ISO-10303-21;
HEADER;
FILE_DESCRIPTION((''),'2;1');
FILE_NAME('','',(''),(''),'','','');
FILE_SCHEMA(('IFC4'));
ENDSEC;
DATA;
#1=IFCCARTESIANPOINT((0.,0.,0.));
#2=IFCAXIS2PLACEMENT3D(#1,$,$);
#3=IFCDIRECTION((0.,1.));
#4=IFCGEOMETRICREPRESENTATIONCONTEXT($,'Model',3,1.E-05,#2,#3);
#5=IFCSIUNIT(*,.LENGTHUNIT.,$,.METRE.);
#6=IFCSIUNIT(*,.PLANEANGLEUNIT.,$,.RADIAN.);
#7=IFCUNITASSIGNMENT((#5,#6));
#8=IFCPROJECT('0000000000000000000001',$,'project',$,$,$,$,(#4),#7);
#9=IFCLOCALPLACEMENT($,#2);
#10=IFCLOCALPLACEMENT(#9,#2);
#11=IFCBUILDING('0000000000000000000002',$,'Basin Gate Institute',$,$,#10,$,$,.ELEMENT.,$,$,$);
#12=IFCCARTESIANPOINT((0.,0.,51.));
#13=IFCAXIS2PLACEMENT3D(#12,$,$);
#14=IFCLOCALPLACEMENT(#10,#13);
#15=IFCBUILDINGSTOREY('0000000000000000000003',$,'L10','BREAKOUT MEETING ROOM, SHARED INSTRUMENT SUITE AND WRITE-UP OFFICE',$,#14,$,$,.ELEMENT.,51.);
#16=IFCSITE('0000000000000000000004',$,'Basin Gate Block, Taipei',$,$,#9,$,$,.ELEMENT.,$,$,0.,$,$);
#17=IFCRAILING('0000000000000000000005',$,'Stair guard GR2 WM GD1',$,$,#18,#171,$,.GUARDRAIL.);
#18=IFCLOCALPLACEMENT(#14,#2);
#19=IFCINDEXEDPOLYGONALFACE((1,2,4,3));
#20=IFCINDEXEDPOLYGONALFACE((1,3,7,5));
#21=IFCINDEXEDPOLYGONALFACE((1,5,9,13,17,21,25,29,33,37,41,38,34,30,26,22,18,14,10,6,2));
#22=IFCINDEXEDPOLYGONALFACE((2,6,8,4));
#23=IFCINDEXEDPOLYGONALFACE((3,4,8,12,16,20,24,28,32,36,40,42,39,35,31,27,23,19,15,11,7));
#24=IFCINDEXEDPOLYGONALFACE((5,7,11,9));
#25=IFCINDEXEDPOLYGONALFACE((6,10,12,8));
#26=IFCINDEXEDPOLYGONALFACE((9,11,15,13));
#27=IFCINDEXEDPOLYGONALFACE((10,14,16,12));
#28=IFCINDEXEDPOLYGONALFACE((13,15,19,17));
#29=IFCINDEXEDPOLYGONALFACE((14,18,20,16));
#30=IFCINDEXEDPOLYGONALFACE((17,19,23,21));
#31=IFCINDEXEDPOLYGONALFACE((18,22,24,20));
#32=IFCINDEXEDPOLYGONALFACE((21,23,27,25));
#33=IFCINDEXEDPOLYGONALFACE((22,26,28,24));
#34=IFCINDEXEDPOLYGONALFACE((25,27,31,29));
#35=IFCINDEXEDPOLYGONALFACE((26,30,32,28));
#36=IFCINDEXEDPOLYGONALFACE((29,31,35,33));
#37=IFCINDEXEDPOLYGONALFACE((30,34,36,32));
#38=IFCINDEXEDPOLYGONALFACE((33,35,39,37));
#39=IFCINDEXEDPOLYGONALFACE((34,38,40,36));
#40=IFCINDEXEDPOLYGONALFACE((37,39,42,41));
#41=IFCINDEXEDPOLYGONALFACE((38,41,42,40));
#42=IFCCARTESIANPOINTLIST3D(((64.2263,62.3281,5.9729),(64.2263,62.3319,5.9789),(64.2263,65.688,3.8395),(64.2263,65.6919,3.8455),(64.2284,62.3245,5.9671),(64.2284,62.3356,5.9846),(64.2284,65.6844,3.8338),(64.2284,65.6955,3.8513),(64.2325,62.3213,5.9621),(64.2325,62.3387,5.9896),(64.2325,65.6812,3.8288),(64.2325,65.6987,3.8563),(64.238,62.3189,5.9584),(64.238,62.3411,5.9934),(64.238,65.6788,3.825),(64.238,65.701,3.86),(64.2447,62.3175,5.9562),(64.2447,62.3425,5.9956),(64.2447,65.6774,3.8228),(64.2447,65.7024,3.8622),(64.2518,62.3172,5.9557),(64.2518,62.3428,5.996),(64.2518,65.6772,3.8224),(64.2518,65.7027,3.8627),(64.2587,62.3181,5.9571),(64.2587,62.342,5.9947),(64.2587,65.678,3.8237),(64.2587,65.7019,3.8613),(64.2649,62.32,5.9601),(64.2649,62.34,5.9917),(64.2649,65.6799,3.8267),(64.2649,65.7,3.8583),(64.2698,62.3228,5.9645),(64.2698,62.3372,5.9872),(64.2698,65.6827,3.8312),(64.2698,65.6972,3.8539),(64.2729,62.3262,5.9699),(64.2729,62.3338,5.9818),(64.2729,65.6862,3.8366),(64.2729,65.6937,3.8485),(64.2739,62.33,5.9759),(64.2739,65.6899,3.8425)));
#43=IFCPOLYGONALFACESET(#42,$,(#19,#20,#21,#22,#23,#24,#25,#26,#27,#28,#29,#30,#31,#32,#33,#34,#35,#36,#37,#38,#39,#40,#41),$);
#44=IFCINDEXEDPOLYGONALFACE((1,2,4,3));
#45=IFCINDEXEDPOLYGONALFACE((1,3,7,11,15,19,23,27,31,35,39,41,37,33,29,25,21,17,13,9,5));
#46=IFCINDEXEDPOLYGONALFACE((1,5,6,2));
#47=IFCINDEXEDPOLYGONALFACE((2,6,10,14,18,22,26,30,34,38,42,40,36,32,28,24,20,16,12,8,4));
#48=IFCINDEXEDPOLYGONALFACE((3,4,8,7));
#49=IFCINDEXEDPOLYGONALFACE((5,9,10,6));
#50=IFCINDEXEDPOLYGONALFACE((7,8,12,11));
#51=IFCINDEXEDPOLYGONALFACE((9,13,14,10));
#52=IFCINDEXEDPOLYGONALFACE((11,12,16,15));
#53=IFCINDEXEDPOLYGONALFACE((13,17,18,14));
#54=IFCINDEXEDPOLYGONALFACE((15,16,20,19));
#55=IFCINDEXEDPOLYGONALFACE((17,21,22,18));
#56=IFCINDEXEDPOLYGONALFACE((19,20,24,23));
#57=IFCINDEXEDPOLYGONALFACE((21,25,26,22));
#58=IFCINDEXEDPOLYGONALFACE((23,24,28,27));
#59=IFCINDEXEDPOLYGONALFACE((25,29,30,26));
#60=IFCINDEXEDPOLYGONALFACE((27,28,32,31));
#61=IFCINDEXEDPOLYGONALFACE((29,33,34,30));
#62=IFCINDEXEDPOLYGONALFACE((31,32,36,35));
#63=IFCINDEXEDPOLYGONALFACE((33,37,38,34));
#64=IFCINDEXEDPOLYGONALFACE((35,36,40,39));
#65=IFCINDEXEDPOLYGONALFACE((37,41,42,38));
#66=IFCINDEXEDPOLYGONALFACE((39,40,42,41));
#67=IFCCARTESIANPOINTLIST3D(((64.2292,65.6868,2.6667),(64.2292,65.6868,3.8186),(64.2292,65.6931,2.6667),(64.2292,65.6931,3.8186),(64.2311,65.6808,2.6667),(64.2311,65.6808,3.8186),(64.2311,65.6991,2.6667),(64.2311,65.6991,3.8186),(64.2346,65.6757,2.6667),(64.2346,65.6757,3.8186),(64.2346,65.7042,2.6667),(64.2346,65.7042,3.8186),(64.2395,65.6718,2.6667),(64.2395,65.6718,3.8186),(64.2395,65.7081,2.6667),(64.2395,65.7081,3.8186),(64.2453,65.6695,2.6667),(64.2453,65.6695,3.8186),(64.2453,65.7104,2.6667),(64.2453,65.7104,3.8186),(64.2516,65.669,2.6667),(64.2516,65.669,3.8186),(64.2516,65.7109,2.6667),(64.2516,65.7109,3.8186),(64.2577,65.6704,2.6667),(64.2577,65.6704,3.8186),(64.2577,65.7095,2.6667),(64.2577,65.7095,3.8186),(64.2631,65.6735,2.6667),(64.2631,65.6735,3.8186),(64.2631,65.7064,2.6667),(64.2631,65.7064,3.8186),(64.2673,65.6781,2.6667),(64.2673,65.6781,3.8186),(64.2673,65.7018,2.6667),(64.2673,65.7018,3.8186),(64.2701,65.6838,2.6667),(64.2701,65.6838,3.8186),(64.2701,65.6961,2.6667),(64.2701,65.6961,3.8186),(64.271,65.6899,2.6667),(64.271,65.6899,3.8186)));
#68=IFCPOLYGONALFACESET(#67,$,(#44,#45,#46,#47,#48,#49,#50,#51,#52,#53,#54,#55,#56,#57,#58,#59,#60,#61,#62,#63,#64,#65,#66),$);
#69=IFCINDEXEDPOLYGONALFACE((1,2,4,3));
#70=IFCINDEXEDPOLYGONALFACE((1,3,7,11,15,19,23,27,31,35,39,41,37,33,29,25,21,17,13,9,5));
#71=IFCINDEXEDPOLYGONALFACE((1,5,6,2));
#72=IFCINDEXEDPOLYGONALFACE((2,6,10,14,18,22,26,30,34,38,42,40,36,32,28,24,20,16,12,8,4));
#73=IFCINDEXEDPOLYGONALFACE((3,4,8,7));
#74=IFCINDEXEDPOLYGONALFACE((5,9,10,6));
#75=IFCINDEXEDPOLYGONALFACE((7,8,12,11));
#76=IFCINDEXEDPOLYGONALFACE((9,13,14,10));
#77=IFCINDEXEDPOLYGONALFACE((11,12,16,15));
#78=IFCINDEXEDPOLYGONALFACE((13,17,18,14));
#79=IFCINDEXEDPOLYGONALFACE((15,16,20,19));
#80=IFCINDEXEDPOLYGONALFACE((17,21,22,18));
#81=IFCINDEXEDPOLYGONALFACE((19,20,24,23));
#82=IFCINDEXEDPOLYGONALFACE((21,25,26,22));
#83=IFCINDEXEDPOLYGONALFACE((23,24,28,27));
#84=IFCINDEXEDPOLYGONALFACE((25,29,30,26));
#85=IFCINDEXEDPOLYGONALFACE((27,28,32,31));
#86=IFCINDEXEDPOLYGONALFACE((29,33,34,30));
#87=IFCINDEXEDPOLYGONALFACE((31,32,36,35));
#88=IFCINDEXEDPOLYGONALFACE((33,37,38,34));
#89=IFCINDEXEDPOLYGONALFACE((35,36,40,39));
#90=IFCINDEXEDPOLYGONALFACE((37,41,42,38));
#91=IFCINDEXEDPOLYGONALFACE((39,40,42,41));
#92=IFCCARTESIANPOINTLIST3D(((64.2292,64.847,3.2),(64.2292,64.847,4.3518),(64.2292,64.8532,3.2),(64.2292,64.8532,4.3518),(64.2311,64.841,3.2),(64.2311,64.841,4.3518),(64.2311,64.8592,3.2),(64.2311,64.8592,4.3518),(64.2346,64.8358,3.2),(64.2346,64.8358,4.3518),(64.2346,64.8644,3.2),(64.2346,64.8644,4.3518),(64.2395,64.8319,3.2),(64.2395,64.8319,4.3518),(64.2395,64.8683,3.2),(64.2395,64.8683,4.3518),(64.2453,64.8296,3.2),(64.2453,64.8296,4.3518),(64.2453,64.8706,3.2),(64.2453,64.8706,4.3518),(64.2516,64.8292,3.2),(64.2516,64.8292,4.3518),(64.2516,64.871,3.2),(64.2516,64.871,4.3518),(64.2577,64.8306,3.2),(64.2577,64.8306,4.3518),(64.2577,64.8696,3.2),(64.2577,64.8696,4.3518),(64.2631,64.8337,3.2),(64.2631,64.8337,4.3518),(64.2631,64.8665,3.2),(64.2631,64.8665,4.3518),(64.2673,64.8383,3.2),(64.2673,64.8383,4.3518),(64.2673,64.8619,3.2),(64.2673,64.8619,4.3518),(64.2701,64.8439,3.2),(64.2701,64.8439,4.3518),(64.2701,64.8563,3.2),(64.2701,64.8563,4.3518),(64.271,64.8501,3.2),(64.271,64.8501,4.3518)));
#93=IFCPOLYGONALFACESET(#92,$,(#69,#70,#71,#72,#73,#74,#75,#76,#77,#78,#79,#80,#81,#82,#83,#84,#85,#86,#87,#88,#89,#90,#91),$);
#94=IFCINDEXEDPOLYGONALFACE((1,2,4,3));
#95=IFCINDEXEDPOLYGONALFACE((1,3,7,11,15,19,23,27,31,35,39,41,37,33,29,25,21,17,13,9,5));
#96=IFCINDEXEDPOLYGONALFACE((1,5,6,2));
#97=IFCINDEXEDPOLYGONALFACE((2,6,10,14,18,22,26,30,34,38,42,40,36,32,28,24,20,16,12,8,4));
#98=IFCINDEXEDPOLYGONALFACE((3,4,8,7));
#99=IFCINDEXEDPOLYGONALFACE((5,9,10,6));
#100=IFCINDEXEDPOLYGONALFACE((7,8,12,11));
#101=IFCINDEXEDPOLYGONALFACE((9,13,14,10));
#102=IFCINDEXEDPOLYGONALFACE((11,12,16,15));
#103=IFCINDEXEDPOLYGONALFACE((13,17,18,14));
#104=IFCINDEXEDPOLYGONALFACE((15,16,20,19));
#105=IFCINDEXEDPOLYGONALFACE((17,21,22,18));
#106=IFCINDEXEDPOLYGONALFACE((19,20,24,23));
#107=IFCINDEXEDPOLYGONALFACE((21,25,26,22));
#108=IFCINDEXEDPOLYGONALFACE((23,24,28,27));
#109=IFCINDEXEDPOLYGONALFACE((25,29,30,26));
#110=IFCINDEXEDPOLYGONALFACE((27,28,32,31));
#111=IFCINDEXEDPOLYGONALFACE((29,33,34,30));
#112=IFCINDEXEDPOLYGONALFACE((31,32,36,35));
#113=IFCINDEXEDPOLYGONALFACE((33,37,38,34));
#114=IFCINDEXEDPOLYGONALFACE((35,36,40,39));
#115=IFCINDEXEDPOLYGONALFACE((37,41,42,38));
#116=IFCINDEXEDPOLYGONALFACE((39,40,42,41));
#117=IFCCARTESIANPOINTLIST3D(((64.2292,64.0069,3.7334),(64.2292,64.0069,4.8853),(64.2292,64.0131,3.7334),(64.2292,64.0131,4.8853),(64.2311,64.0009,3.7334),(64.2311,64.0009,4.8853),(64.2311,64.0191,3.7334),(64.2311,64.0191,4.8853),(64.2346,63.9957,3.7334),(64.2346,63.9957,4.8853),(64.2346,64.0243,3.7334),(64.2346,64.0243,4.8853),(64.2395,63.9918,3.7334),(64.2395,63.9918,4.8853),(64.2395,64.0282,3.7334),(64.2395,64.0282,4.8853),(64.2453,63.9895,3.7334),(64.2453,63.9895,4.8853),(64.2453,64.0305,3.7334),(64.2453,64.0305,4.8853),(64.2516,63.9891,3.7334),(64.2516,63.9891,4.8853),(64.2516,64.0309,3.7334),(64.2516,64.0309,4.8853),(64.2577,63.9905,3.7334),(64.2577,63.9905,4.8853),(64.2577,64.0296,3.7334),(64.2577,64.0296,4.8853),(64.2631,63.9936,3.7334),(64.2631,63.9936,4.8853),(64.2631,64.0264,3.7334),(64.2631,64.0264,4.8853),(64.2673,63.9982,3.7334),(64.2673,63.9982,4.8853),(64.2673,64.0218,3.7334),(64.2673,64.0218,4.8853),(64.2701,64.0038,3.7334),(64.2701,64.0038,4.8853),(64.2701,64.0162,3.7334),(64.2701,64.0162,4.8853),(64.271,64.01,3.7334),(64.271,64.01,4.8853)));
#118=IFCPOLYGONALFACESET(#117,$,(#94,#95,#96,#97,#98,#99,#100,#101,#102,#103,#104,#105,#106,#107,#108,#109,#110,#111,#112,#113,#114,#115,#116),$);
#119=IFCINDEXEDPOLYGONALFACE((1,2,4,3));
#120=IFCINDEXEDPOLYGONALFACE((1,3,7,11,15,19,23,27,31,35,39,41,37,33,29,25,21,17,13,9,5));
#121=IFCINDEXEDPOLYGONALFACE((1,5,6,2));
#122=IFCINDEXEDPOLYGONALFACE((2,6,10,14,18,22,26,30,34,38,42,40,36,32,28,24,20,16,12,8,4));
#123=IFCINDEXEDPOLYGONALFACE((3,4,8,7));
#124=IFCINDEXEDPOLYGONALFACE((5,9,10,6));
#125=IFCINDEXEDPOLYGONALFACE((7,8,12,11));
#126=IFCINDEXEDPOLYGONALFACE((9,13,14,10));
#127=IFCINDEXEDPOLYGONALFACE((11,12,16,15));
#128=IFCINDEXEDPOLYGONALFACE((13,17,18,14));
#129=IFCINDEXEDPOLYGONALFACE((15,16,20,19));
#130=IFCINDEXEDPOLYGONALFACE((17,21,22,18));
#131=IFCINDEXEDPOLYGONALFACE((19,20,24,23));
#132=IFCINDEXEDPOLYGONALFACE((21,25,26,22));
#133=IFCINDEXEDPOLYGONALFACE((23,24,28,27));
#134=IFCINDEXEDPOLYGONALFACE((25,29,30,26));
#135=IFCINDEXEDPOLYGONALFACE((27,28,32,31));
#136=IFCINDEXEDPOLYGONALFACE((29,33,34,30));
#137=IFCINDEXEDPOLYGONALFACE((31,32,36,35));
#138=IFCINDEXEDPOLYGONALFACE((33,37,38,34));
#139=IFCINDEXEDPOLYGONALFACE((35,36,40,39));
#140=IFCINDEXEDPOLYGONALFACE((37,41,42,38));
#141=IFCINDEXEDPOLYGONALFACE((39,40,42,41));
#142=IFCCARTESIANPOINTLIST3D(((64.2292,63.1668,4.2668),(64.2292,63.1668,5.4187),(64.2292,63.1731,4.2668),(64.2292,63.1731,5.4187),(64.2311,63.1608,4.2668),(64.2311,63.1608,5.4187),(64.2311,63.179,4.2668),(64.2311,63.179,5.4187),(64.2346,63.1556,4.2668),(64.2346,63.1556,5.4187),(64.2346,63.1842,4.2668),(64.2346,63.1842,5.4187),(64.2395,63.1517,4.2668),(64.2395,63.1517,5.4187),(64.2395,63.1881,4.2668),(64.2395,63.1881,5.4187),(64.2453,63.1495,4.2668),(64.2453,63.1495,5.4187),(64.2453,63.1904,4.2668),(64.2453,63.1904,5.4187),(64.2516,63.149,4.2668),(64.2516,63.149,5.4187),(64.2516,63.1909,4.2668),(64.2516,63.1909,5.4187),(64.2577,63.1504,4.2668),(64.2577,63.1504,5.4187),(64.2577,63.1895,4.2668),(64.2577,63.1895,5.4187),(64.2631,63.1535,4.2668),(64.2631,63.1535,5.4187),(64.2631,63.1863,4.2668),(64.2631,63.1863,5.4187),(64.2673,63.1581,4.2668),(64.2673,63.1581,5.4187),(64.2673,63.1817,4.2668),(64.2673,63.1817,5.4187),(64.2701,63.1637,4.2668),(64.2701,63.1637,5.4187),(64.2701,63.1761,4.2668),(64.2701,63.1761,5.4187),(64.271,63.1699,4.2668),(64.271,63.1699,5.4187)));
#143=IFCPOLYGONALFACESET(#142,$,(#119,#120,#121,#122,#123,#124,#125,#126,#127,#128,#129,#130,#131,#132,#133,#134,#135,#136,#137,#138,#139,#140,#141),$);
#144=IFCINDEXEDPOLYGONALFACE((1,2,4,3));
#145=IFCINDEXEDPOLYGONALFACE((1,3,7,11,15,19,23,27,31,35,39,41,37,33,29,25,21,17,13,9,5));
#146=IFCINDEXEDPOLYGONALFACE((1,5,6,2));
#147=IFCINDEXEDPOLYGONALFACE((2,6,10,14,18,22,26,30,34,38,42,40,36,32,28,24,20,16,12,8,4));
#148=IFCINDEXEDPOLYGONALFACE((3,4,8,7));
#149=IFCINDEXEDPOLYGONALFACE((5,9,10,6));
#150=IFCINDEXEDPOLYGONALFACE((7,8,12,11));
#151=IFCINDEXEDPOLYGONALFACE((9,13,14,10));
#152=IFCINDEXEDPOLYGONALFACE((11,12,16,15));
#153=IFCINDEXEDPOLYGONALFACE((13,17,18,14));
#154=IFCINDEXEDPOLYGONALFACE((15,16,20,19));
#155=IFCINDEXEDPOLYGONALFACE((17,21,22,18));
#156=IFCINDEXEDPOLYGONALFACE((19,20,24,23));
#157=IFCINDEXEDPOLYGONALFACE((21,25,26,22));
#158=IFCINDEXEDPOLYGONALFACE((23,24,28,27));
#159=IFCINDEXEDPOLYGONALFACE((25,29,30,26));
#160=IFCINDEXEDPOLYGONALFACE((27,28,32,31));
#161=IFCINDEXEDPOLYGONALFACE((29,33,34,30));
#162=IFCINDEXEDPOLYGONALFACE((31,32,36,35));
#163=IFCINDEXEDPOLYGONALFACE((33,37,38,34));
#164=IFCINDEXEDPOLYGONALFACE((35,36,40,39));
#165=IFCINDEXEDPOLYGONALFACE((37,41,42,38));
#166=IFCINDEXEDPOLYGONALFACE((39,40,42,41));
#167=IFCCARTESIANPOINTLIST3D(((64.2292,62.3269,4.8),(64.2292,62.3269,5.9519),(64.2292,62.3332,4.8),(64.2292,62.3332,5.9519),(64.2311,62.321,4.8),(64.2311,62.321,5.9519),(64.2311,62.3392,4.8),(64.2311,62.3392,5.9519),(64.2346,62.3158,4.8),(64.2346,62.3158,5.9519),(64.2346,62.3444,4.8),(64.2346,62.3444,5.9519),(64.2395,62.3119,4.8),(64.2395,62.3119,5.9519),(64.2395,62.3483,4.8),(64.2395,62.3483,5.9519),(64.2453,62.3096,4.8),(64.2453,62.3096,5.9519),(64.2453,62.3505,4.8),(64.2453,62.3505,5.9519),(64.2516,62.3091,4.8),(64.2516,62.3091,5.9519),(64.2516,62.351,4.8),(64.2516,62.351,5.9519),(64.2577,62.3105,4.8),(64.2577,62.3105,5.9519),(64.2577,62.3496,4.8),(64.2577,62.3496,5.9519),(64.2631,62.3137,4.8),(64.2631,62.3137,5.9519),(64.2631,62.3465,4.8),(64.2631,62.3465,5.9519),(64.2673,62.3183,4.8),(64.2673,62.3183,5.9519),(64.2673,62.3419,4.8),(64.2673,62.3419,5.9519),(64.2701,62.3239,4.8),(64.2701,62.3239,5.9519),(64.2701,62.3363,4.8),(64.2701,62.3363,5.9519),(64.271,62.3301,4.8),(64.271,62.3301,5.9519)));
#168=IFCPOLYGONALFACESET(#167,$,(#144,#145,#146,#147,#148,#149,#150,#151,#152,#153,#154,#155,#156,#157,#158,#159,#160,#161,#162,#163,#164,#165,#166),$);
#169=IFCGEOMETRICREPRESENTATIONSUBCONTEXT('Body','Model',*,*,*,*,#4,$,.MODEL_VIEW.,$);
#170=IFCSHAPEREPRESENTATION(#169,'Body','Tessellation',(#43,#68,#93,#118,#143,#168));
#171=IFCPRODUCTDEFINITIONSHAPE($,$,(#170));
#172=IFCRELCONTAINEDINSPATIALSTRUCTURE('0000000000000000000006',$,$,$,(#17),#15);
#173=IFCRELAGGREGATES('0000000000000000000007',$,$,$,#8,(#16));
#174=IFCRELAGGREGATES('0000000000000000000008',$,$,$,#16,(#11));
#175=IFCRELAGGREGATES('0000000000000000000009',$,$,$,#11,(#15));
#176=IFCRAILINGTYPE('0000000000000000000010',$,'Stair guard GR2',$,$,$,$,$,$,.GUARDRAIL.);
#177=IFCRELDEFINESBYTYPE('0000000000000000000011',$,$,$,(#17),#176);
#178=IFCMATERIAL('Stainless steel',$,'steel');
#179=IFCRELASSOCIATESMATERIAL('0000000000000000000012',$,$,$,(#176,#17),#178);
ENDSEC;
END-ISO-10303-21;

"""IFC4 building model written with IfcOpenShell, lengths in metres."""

from ifc_helpers import new_model, si_unit, direction, frame, origin, origin_2d, place, context, subcontext, project, spatial, circle, extrude, material, type_object, element, save


model = new_model("IFC4")

# Units and contexts
model_context = context("Model", 3, precision=1e-05, world=origin(), true_north=direction((0.0, 1.0)))
body_context = subcontext(model_context, "Body", "Model", "MODEL_VIEW")
ifc_project = project(units=[si_unit("LENGTHUNIT", "METRE"), si_unit("PLANEANGLEUNIT", "RADIAN")], contexts=[model_context])

# Site, building, storey
site_placement = place(None, origin())
site = spatial("IfcSite", under=ifc_project, at=site_placement, Name="Basin Gate Block, Taipei", CompositionType="ELEMENT", RefElevation=0.0)
building_placement = place(site_placement, origin())
building = spatial("IfcBuilding", under=site, at=building_placement, Name="Basin Gate Institute", CompositionType="ELEMENT")
storey_placement = place(building_placement, frame((0.0, 0.0, 51.0)))
storey = spatial("IfcBuildingStorey", under=building, at=storey_placement, Name="L10", Description="BREAKOUT MEETING ROOM, SHARED INSTRUMENT SUITE AND WRITE-UP OFFICE", CompositionType="ELEMENT", Elevation=51.0)

# Railing
ifc_material_1 = material(Name="Stainless steel", Category="steel")
railing_type_1 = type_object("IfcRailingType", Name="Stair guard GR2", PredefinedType="GUARDRAIL", material=ifc_material_1)
railing_1_placement = place(storey_placement, frame((64.25, 65.6899, 2.6667)))
element("IfcRailing", 1, at=railing_1_placement, inside=storey, type_object=railing_type_1, material=ifc_material_1, Name="Stair guard GR2 WM GD1", PredefinedType="GUARDRAIL", context=body_context, shape_type="SweptSolid", body=[
    extrude(circle(Radius=0.0239, at=origin_2d()), frame((0.0, 0.0, 1.1758), z_axis=(0.0, -0.844207, 0.536018), x_axis=(1.0, 0.0, 0.0)), (0.0, 0.0, 1.0), 3.98),
    extrude(circle(Radius=0.021, at=origin_2d()), origin(), (0.0, 0.0, 1.0), 1.1519),
    extrude(circle(Radius=0.021, at=origin_2d()), frame((0.0, -0.8398, 0.5332)), (0.0, 0.0, 1.0), 1.1519),
    extrude(circle(Radius=0.021, at=origin_2d()), frame((0.0, -1.6799, 1.0667)), (0.0, 0.0, 1.0), 1.1519),
    extrude(circle(Radius=0.021, at=origin_2d()), frame((0.0, -2.52, 1.6001)), (0.0, 0.0, 1.0), 1.1519),
    extrude(circle(Radius=0.021, at=origin_2d()), frame((0.0, -3.3599, 2.1333)), (0.0, 0.0, 1.0), 1.1519),
])

save(model, "model.ifc")
